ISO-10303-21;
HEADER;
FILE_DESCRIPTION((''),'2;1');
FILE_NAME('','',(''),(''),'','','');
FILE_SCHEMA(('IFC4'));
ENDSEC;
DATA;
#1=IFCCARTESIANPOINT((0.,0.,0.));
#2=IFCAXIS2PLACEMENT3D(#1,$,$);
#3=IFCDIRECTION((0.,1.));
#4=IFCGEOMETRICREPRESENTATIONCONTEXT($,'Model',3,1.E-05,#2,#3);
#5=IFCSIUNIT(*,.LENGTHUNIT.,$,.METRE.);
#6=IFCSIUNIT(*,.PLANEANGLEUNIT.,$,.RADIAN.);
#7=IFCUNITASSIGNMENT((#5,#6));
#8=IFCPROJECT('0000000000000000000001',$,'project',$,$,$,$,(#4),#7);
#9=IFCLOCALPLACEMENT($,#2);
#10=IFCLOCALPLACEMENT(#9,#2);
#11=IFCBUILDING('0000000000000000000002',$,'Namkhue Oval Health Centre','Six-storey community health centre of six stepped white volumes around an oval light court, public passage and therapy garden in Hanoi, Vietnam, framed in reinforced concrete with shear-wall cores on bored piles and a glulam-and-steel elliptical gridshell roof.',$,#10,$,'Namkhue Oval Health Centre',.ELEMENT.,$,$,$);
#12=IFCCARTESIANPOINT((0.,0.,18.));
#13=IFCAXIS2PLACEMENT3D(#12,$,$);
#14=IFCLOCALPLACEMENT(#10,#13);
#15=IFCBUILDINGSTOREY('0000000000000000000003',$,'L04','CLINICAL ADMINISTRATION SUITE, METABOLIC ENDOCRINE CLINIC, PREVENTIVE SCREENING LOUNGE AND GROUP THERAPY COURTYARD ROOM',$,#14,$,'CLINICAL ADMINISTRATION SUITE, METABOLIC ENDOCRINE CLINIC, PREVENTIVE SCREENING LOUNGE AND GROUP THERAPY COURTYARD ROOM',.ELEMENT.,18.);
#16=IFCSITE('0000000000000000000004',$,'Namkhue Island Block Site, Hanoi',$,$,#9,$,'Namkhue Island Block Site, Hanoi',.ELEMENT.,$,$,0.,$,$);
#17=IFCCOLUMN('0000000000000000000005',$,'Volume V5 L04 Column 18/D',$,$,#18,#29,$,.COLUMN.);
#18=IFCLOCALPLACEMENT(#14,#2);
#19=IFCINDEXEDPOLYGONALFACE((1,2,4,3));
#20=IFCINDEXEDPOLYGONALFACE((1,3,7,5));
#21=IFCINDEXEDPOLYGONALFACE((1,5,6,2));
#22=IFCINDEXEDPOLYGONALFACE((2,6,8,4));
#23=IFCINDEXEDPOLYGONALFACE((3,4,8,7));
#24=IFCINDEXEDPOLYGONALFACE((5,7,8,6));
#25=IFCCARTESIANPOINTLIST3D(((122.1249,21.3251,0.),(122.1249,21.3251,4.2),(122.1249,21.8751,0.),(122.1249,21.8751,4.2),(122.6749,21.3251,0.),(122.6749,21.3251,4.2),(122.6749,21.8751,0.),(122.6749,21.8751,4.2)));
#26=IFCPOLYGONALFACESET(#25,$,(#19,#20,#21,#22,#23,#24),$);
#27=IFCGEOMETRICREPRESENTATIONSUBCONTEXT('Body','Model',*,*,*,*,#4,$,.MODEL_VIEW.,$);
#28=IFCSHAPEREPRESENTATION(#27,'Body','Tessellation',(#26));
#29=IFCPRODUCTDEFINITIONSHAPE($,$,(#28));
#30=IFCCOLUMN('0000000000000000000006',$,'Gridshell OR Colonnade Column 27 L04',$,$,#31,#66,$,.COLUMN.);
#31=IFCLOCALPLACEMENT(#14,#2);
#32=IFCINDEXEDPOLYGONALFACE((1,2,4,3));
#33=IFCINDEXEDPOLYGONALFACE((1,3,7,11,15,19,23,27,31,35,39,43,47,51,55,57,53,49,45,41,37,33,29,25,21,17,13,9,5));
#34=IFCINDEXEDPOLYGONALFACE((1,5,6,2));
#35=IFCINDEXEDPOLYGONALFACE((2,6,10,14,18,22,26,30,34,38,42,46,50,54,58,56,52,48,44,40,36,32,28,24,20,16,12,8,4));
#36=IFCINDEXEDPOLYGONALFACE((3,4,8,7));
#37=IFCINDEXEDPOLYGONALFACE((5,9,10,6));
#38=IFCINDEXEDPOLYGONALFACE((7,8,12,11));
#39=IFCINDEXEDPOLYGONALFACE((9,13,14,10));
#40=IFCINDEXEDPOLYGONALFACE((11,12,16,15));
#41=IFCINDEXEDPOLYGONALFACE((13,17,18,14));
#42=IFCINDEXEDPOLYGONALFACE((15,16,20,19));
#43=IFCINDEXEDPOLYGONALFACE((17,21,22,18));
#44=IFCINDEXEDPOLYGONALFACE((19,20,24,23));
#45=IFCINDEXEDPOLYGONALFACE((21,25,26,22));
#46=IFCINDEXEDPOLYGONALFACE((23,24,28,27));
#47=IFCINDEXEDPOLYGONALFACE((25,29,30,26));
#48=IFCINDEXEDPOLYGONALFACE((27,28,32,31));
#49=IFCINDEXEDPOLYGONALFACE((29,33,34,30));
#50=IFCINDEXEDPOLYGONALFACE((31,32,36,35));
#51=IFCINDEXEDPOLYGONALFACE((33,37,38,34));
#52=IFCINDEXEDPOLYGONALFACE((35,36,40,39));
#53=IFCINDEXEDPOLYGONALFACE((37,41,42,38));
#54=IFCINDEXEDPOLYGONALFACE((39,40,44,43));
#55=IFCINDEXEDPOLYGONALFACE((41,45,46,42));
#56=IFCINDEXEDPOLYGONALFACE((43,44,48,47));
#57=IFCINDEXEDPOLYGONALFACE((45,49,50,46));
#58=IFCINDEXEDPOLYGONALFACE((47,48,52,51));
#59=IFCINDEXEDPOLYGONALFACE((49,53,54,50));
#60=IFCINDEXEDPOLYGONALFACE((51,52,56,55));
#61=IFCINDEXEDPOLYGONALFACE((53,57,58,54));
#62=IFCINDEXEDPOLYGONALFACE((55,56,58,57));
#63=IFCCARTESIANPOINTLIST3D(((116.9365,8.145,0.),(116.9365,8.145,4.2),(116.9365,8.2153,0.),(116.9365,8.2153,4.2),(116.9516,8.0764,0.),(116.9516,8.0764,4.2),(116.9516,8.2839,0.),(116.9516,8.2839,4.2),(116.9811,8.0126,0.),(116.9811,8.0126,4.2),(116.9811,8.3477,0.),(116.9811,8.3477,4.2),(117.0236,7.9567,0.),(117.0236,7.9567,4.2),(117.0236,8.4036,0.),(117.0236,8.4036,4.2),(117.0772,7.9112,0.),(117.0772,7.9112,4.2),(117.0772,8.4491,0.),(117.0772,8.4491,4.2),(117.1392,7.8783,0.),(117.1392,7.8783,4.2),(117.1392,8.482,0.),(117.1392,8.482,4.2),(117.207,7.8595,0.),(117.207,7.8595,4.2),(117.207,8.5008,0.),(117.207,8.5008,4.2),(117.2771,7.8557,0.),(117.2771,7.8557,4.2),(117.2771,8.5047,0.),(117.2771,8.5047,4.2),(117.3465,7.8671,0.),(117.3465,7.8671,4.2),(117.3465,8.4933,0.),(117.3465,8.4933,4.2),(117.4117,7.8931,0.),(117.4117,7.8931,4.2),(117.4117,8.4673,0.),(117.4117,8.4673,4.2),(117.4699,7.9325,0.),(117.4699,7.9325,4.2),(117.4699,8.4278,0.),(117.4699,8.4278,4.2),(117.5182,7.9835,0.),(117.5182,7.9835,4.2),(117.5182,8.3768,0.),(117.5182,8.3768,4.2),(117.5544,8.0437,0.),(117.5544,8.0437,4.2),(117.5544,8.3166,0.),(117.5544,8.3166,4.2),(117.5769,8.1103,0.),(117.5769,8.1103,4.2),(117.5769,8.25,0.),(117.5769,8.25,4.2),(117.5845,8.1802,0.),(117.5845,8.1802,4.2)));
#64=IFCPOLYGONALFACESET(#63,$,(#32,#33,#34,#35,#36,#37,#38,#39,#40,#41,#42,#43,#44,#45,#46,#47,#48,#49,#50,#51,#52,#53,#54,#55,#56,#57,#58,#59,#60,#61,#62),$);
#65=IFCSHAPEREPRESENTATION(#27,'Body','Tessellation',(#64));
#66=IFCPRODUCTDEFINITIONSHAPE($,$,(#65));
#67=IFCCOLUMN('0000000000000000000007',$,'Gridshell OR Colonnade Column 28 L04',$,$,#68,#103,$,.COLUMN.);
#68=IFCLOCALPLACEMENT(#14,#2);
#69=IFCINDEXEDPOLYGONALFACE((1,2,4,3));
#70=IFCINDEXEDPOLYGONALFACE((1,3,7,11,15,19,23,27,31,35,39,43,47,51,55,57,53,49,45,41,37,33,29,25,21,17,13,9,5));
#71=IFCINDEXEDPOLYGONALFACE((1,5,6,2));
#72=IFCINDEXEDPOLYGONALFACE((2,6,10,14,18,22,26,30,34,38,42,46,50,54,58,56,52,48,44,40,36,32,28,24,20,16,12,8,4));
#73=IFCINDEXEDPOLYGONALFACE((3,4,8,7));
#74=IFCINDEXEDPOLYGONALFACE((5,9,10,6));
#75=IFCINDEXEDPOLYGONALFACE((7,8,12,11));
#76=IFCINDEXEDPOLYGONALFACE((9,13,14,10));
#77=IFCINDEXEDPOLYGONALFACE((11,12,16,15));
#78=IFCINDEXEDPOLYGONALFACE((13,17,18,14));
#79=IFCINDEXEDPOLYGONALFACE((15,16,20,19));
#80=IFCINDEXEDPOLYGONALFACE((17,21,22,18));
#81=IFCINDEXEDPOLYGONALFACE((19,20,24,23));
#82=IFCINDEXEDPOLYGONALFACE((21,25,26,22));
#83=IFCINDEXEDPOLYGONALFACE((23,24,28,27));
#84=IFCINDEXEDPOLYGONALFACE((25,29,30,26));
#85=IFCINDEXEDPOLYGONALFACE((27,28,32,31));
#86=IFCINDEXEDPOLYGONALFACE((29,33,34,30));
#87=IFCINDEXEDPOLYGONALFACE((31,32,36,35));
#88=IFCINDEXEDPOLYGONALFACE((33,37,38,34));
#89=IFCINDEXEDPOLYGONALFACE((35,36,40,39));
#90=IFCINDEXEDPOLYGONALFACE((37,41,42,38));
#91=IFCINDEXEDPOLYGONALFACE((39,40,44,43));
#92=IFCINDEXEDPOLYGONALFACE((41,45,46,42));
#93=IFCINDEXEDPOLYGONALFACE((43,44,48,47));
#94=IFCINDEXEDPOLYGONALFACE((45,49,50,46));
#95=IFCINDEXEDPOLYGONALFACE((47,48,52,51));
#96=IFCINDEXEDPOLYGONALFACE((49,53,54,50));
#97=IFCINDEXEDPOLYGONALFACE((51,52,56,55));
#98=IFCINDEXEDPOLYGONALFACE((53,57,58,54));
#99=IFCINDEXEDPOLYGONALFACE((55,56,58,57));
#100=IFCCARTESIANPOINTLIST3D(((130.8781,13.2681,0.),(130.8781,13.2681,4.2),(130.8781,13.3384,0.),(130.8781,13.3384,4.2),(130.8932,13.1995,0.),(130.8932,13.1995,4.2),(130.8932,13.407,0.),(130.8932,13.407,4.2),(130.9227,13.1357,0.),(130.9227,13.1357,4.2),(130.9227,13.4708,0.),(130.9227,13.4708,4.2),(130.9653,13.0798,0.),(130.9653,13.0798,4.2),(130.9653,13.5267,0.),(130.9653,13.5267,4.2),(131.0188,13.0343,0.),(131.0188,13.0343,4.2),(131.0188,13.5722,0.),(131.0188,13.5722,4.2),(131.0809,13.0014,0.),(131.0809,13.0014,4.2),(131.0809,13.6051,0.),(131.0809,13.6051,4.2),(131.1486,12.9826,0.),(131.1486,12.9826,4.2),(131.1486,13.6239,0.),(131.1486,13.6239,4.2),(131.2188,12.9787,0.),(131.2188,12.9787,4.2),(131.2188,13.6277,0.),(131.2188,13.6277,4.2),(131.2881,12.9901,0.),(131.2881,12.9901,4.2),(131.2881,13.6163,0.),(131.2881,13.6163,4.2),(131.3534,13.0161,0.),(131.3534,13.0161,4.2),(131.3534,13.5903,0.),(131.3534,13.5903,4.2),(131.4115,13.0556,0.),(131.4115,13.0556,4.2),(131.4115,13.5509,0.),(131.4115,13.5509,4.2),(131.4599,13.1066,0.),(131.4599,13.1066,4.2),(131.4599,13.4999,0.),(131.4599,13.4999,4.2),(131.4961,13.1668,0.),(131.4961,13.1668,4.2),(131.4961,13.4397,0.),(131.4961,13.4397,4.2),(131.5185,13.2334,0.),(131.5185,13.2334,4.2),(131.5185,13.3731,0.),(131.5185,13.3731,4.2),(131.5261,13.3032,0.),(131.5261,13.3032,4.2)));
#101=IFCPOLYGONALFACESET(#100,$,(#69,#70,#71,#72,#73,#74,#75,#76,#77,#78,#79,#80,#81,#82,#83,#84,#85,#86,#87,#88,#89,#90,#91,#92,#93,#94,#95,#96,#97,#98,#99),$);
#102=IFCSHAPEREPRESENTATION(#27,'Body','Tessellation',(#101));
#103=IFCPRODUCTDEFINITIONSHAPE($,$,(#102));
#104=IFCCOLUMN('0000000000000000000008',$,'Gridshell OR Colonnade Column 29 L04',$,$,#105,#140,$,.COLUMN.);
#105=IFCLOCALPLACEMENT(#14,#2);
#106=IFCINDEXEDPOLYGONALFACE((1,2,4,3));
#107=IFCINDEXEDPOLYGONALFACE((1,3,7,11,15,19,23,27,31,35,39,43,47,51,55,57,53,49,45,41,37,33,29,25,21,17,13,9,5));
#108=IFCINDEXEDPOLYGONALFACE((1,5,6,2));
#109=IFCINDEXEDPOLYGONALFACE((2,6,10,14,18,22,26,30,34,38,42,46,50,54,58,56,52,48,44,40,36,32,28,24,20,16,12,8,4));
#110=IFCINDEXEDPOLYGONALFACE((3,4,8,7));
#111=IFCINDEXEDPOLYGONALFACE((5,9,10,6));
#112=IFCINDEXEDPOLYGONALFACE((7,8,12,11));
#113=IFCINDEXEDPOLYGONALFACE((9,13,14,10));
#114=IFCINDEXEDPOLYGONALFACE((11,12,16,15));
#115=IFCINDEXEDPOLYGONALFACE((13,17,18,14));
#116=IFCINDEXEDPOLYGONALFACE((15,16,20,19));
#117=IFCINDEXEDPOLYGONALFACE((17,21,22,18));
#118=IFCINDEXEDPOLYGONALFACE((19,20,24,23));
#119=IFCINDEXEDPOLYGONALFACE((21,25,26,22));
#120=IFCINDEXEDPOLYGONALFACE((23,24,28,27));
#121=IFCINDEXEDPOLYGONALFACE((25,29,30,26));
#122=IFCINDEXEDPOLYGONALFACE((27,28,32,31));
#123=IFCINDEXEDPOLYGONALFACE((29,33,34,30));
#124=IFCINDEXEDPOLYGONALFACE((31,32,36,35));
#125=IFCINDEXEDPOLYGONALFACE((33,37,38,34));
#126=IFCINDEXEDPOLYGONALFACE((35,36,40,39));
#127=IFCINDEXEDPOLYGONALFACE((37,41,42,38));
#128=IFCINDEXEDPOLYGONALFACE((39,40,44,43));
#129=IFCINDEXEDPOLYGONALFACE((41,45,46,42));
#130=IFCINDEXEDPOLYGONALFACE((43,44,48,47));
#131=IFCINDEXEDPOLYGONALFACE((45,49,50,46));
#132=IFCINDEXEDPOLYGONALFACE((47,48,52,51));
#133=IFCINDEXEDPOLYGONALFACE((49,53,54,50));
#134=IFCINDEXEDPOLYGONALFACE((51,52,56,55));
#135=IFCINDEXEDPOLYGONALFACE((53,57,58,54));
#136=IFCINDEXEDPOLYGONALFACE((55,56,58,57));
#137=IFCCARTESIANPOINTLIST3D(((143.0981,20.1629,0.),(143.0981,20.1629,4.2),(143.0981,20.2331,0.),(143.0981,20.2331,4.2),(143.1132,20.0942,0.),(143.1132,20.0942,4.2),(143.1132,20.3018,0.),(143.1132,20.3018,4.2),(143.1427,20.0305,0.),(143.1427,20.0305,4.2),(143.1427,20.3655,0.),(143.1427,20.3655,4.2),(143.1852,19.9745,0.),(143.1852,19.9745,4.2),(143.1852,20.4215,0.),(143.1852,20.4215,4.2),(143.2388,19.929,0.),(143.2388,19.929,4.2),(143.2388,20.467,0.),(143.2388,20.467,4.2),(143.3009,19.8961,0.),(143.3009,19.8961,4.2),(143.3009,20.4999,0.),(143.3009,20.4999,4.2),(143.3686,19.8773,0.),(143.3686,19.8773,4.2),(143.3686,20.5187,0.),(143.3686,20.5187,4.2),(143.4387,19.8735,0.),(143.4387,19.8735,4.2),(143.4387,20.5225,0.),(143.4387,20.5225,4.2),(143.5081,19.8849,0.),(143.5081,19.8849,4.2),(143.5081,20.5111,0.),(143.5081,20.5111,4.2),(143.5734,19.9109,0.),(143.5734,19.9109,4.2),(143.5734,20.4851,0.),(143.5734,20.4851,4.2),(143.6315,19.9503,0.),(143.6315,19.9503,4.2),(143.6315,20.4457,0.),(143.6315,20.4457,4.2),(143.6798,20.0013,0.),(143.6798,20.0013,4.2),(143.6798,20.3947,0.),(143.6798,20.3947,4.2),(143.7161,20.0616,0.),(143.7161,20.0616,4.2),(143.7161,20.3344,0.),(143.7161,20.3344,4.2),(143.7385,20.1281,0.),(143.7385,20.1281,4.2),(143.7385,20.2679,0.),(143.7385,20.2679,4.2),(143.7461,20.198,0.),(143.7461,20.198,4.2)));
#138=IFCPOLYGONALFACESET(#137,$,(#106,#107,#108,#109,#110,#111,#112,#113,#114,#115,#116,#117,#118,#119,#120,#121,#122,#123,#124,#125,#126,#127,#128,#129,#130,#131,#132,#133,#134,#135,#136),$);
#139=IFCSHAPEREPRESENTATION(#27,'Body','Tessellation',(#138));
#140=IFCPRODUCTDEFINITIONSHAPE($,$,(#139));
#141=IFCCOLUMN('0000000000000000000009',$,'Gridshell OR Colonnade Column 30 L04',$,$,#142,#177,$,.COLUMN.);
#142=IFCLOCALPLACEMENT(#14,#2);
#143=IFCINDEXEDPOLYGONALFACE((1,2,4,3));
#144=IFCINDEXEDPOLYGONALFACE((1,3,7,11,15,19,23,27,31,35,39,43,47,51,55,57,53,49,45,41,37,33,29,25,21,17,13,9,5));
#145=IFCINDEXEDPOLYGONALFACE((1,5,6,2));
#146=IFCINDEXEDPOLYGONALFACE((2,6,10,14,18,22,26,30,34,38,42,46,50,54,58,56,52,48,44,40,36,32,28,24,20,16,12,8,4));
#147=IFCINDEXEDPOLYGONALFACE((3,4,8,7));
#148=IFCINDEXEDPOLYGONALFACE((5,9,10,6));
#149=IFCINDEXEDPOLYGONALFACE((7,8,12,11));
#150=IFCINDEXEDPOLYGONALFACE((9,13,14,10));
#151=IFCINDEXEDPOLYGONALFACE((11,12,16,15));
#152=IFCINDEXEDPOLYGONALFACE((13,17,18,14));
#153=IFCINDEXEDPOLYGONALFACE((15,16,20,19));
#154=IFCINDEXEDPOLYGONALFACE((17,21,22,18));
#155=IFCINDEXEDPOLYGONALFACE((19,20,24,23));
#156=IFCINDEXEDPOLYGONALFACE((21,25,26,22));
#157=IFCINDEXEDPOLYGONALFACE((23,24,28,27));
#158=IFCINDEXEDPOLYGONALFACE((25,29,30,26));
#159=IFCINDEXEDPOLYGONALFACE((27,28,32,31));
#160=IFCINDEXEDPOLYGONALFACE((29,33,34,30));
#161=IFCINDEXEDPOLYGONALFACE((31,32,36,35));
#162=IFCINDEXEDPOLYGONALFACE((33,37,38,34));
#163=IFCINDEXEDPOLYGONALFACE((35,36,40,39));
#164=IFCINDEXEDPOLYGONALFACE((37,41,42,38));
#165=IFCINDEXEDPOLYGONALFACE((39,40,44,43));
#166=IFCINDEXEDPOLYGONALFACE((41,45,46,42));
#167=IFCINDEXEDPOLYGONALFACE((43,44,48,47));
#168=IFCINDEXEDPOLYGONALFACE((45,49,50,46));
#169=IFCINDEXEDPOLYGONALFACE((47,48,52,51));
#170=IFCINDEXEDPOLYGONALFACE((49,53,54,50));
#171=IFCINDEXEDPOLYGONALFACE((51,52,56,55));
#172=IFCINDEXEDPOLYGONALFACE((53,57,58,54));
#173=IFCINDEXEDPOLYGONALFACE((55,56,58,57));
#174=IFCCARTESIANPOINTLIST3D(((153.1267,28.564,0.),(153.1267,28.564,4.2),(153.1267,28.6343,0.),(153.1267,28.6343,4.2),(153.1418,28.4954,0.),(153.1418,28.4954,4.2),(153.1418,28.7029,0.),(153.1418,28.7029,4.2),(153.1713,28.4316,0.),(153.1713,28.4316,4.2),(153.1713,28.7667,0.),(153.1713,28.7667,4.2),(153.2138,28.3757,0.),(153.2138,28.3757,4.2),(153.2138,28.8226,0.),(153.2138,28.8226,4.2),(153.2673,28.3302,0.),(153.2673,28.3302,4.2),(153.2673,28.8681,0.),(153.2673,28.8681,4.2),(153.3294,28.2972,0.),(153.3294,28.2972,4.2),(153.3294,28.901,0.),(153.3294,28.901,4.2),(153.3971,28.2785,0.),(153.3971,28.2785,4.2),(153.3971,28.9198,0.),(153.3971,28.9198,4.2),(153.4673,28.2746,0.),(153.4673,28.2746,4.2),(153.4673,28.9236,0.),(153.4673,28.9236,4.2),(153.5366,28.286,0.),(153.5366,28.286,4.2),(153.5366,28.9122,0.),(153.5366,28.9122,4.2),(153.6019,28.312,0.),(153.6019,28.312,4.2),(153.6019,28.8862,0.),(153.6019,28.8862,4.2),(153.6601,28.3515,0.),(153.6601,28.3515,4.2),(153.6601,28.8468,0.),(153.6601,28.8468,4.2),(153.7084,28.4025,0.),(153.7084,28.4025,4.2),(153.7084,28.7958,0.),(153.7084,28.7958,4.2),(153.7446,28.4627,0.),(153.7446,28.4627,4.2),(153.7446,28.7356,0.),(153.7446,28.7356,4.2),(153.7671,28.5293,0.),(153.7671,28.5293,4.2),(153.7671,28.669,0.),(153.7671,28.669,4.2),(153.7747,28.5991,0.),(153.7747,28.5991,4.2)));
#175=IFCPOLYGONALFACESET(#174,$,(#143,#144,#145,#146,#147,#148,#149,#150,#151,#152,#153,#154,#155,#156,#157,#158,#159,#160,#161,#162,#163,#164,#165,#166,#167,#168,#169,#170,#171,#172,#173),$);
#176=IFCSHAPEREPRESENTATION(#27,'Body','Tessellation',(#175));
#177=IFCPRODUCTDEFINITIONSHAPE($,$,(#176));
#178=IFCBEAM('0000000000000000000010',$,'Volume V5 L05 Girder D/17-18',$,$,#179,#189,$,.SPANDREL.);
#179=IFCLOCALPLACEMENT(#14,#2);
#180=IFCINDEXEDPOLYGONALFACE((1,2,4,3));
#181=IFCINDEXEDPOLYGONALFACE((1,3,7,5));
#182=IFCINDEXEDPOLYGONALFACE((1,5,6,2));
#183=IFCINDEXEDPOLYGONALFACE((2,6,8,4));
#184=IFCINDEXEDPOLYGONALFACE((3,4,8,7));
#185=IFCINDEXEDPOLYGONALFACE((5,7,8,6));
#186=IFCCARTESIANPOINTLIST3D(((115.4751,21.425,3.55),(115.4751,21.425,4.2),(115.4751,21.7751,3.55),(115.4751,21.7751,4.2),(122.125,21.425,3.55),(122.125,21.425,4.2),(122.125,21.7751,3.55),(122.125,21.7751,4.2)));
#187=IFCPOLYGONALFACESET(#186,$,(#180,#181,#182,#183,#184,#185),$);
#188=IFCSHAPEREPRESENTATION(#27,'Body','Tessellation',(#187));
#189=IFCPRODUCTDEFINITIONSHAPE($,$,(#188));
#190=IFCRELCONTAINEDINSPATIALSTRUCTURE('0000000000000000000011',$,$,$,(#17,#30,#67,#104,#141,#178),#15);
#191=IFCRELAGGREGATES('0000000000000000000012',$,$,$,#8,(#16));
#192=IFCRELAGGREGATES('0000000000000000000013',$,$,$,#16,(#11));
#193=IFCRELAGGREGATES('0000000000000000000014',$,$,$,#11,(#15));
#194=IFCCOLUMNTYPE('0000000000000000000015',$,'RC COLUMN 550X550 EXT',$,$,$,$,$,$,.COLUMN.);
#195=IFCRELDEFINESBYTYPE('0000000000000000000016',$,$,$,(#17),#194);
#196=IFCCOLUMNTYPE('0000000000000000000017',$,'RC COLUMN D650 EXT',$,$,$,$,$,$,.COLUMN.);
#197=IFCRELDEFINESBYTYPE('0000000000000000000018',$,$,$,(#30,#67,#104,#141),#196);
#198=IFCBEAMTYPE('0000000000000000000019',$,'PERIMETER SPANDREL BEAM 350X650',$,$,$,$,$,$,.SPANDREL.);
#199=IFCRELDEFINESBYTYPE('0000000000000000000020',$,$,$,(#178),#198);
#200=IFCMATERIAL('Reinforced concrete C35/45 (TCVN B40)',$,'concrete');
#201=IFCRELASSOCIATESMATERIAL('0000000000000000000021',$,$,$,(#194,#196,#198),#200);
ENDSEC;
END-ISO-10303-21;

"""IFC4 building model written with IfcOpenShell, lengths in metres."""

from ifc_helpers import new_model, si_unit, direction, frame, origin, origin_2d, place, context, subcontext, project, spatial, rectangle, circle, extrude, material, material_profile, profile_set, type_object, element, save


model = new_model("IFC4")

# Units and contexts
model_context = context("Model", 3, precision=1e-05, world=origin(), true_north=direction((0.0, 1.0)))
body_context = subcontext(model_context, "Body", "Model", "MODEL_VIEW")
ifc_project = project(units=[si_unit("LENGTHUNIT", "METRE"), si_unit("PLANEANGLEUNIT", "RADIAN")], contexts=[model_context])

# Site, building, storey
site_placement = place(None, origin())
site = spatial("IfcSite", under=ifc_project, at=site_placement, Name="Namkhue Island Block Site, Hanoi", LongName="Namkhue Island Block Site, Hanoi", CompositionType="ELEMENT", RefElevation=0.0)
building_placement = place(site_placement, origin())
building = spatial("IfcBuilding", under=site, at=building_placement, Name="Namkhue Oval Health Centre", Description="Six-storey community health centre of six stepped white volumes around an oval light court, public passage and therapy garden in Hanoi, Vietnam, framed in reinforced concrete with shear-wall cores on bored piles and a glulam-and-steel elliptical gridshell roof.", LongName="Namkhue Oval Health Centre", CompositionType="ELEMENT")
storey_placement = place(building_placement, frame((0.0, 0.0, 18.0)))
storey = spatial("IfcBuildingStorey", under=building, at=storey_placement, Name="L04", Description="CLINICAL ADMINISTRATION SUITE, METABOLIC ENDOCRINE CLINIC, PREVENTIVE SCREENING LOUNGE AND GROUP THERAPY COURTYARD ROOM", LongName="CLINICAL ADMINISTRATION SUITE, METABOLIC ENDOCRINE CLINIC, PREVENTIVE SCREENING LOUNGE AND GROUP THERAPY COURTYARD ROOM", CompositionType="ELEMENT", Elevation=18.0)

# Columns
ifc_material_1 = material(Name="Reinforced concrete C35/45 (TCVN B40)", Category="concrete")
ifc_material_profile_1 = material_profile(ifc_material_1, rectangle(XDim=0.55, YDim=0.55, at=origin_2d()), Name="RC 550x550")
ifc_profile_set_1 = profile_set([ifc_material_profile_1], Name="Reinforced concrete C35/45 (TCVN B40)")
column_type_1 = type_object("IfcColumnType", Name="RC COLUMN 550X550 EXT", PredefinedType="COLUMN", material=ifc_profile_set_1)
column_placement = place(storey_placement, frame((122.3999, 21.6001, 0.0), z_axis=(0.0, 0.0, 1.0), x_axis=(1.0, 0.0, 0.0)))
element("IfcColumn", 1, at=column_placement, inside=storey, type_object=column_type_1, Name="Volume V5 L04 Column 18/D", PredefinedType="COLUMN", context=body_context, shape_type="SweptSolid", body=[
    extrude(rectangle(XDim=0.55, YDim=0.55, at=origin_2d()), origin(), (0.0, 0.0, 1.0), 4.2),
])
ifc_material_profile_2 = material_profile(ifc_material_1, circle(Radius=0.325, at=origin_2d()), Name="RC D650")
ifc_profile_set_2 = profile_set([ifc_material_profile_2], Name="Reinforced concrete C35/45 (TCVN B40)")
column_type_2 = type_object("IfcColumnType", Name="RC COLUMN D650 EXT", PredefinedType="COLUMN", material=ifc_profile_set_2)
for number, where, z_axis, x_axis, name in (
    (2, (117.2595, 8.1802, 0.0), (0.0, 0.0, 1.0), (1.0, 0.0, 0.0), "Gridshell OR Colonnade Column 27 L04"),
    (3, (131.2012, 13.3032, 0.0), (0.0, 0.0, 1.0), (1.0, 0.0, 0.0), "Gridshell OR Colonnade Column 28 L04"),
    (4, (143.4211, 20.198, 0.0), (0.0, 0.0, 1.0), (1.0, 0.0, 0.0), "Gridshell OR Colonnade Column 29 L04"),
    (5, (153.4497, 28.5991, 0.0), (0.0, 0.0, 1.0), (1.0, 0.0, 0.0), "Gridshell OR Colonnade Column 30 L04"),
):
    element("IfcColumn", number, at=place(storey_placement, frame(where, z_axis=z_axis, x_axis=x_axis)), inside=storey, type_object=column_type_2, Name=name, PredefinedType="COLUMN", context=body_context, shape_type="SweptSolid", body=[
        extrude(circle(Radius=0.325, at=origin_2d()), origin(), (0.0, 0.0, 1.0), 4.2),
    ])

# Beam
ifc_material_profile_3 = material_profile(ifc_material_1, rectangle(XDim=0.3501, YDim=0.6499, at=origin_2d()), Name="RC 350x650")
ifc_profile_set_3 = profile_set([ifc_material_profile_3], Name="Reinforced concrete C35/45 (TCVN B40)")
beam_type = type_object("IfcBeamType", Name="PERIMETER SPANDREL BEAM 350X650", PredefinedType="SPANDREL", material=ifc_profile_set_3)
beam_placement = place(storey_placement, frame((115.4751, 21.6001, 3.875), z_axis=(1.0, 0.0, 0.0), x_axis=(0.0, 1.0, 0.0)))
element("IfcBeam", 6, at=beam_placement, inside=storey, type_object=beam_type, Name="Volume V5 L05 Girder D/17-18", PredefinedType="SPANDREL", context=body_context, shape_type="SweptSolid", body=[
    extrude(rectangle(XDim=0.3501, YDim=0.6499, at=origin_2d()), origin(), (0.0, 0.0, 1.0), 6.6499),
])

save(model, "model.ifc")
